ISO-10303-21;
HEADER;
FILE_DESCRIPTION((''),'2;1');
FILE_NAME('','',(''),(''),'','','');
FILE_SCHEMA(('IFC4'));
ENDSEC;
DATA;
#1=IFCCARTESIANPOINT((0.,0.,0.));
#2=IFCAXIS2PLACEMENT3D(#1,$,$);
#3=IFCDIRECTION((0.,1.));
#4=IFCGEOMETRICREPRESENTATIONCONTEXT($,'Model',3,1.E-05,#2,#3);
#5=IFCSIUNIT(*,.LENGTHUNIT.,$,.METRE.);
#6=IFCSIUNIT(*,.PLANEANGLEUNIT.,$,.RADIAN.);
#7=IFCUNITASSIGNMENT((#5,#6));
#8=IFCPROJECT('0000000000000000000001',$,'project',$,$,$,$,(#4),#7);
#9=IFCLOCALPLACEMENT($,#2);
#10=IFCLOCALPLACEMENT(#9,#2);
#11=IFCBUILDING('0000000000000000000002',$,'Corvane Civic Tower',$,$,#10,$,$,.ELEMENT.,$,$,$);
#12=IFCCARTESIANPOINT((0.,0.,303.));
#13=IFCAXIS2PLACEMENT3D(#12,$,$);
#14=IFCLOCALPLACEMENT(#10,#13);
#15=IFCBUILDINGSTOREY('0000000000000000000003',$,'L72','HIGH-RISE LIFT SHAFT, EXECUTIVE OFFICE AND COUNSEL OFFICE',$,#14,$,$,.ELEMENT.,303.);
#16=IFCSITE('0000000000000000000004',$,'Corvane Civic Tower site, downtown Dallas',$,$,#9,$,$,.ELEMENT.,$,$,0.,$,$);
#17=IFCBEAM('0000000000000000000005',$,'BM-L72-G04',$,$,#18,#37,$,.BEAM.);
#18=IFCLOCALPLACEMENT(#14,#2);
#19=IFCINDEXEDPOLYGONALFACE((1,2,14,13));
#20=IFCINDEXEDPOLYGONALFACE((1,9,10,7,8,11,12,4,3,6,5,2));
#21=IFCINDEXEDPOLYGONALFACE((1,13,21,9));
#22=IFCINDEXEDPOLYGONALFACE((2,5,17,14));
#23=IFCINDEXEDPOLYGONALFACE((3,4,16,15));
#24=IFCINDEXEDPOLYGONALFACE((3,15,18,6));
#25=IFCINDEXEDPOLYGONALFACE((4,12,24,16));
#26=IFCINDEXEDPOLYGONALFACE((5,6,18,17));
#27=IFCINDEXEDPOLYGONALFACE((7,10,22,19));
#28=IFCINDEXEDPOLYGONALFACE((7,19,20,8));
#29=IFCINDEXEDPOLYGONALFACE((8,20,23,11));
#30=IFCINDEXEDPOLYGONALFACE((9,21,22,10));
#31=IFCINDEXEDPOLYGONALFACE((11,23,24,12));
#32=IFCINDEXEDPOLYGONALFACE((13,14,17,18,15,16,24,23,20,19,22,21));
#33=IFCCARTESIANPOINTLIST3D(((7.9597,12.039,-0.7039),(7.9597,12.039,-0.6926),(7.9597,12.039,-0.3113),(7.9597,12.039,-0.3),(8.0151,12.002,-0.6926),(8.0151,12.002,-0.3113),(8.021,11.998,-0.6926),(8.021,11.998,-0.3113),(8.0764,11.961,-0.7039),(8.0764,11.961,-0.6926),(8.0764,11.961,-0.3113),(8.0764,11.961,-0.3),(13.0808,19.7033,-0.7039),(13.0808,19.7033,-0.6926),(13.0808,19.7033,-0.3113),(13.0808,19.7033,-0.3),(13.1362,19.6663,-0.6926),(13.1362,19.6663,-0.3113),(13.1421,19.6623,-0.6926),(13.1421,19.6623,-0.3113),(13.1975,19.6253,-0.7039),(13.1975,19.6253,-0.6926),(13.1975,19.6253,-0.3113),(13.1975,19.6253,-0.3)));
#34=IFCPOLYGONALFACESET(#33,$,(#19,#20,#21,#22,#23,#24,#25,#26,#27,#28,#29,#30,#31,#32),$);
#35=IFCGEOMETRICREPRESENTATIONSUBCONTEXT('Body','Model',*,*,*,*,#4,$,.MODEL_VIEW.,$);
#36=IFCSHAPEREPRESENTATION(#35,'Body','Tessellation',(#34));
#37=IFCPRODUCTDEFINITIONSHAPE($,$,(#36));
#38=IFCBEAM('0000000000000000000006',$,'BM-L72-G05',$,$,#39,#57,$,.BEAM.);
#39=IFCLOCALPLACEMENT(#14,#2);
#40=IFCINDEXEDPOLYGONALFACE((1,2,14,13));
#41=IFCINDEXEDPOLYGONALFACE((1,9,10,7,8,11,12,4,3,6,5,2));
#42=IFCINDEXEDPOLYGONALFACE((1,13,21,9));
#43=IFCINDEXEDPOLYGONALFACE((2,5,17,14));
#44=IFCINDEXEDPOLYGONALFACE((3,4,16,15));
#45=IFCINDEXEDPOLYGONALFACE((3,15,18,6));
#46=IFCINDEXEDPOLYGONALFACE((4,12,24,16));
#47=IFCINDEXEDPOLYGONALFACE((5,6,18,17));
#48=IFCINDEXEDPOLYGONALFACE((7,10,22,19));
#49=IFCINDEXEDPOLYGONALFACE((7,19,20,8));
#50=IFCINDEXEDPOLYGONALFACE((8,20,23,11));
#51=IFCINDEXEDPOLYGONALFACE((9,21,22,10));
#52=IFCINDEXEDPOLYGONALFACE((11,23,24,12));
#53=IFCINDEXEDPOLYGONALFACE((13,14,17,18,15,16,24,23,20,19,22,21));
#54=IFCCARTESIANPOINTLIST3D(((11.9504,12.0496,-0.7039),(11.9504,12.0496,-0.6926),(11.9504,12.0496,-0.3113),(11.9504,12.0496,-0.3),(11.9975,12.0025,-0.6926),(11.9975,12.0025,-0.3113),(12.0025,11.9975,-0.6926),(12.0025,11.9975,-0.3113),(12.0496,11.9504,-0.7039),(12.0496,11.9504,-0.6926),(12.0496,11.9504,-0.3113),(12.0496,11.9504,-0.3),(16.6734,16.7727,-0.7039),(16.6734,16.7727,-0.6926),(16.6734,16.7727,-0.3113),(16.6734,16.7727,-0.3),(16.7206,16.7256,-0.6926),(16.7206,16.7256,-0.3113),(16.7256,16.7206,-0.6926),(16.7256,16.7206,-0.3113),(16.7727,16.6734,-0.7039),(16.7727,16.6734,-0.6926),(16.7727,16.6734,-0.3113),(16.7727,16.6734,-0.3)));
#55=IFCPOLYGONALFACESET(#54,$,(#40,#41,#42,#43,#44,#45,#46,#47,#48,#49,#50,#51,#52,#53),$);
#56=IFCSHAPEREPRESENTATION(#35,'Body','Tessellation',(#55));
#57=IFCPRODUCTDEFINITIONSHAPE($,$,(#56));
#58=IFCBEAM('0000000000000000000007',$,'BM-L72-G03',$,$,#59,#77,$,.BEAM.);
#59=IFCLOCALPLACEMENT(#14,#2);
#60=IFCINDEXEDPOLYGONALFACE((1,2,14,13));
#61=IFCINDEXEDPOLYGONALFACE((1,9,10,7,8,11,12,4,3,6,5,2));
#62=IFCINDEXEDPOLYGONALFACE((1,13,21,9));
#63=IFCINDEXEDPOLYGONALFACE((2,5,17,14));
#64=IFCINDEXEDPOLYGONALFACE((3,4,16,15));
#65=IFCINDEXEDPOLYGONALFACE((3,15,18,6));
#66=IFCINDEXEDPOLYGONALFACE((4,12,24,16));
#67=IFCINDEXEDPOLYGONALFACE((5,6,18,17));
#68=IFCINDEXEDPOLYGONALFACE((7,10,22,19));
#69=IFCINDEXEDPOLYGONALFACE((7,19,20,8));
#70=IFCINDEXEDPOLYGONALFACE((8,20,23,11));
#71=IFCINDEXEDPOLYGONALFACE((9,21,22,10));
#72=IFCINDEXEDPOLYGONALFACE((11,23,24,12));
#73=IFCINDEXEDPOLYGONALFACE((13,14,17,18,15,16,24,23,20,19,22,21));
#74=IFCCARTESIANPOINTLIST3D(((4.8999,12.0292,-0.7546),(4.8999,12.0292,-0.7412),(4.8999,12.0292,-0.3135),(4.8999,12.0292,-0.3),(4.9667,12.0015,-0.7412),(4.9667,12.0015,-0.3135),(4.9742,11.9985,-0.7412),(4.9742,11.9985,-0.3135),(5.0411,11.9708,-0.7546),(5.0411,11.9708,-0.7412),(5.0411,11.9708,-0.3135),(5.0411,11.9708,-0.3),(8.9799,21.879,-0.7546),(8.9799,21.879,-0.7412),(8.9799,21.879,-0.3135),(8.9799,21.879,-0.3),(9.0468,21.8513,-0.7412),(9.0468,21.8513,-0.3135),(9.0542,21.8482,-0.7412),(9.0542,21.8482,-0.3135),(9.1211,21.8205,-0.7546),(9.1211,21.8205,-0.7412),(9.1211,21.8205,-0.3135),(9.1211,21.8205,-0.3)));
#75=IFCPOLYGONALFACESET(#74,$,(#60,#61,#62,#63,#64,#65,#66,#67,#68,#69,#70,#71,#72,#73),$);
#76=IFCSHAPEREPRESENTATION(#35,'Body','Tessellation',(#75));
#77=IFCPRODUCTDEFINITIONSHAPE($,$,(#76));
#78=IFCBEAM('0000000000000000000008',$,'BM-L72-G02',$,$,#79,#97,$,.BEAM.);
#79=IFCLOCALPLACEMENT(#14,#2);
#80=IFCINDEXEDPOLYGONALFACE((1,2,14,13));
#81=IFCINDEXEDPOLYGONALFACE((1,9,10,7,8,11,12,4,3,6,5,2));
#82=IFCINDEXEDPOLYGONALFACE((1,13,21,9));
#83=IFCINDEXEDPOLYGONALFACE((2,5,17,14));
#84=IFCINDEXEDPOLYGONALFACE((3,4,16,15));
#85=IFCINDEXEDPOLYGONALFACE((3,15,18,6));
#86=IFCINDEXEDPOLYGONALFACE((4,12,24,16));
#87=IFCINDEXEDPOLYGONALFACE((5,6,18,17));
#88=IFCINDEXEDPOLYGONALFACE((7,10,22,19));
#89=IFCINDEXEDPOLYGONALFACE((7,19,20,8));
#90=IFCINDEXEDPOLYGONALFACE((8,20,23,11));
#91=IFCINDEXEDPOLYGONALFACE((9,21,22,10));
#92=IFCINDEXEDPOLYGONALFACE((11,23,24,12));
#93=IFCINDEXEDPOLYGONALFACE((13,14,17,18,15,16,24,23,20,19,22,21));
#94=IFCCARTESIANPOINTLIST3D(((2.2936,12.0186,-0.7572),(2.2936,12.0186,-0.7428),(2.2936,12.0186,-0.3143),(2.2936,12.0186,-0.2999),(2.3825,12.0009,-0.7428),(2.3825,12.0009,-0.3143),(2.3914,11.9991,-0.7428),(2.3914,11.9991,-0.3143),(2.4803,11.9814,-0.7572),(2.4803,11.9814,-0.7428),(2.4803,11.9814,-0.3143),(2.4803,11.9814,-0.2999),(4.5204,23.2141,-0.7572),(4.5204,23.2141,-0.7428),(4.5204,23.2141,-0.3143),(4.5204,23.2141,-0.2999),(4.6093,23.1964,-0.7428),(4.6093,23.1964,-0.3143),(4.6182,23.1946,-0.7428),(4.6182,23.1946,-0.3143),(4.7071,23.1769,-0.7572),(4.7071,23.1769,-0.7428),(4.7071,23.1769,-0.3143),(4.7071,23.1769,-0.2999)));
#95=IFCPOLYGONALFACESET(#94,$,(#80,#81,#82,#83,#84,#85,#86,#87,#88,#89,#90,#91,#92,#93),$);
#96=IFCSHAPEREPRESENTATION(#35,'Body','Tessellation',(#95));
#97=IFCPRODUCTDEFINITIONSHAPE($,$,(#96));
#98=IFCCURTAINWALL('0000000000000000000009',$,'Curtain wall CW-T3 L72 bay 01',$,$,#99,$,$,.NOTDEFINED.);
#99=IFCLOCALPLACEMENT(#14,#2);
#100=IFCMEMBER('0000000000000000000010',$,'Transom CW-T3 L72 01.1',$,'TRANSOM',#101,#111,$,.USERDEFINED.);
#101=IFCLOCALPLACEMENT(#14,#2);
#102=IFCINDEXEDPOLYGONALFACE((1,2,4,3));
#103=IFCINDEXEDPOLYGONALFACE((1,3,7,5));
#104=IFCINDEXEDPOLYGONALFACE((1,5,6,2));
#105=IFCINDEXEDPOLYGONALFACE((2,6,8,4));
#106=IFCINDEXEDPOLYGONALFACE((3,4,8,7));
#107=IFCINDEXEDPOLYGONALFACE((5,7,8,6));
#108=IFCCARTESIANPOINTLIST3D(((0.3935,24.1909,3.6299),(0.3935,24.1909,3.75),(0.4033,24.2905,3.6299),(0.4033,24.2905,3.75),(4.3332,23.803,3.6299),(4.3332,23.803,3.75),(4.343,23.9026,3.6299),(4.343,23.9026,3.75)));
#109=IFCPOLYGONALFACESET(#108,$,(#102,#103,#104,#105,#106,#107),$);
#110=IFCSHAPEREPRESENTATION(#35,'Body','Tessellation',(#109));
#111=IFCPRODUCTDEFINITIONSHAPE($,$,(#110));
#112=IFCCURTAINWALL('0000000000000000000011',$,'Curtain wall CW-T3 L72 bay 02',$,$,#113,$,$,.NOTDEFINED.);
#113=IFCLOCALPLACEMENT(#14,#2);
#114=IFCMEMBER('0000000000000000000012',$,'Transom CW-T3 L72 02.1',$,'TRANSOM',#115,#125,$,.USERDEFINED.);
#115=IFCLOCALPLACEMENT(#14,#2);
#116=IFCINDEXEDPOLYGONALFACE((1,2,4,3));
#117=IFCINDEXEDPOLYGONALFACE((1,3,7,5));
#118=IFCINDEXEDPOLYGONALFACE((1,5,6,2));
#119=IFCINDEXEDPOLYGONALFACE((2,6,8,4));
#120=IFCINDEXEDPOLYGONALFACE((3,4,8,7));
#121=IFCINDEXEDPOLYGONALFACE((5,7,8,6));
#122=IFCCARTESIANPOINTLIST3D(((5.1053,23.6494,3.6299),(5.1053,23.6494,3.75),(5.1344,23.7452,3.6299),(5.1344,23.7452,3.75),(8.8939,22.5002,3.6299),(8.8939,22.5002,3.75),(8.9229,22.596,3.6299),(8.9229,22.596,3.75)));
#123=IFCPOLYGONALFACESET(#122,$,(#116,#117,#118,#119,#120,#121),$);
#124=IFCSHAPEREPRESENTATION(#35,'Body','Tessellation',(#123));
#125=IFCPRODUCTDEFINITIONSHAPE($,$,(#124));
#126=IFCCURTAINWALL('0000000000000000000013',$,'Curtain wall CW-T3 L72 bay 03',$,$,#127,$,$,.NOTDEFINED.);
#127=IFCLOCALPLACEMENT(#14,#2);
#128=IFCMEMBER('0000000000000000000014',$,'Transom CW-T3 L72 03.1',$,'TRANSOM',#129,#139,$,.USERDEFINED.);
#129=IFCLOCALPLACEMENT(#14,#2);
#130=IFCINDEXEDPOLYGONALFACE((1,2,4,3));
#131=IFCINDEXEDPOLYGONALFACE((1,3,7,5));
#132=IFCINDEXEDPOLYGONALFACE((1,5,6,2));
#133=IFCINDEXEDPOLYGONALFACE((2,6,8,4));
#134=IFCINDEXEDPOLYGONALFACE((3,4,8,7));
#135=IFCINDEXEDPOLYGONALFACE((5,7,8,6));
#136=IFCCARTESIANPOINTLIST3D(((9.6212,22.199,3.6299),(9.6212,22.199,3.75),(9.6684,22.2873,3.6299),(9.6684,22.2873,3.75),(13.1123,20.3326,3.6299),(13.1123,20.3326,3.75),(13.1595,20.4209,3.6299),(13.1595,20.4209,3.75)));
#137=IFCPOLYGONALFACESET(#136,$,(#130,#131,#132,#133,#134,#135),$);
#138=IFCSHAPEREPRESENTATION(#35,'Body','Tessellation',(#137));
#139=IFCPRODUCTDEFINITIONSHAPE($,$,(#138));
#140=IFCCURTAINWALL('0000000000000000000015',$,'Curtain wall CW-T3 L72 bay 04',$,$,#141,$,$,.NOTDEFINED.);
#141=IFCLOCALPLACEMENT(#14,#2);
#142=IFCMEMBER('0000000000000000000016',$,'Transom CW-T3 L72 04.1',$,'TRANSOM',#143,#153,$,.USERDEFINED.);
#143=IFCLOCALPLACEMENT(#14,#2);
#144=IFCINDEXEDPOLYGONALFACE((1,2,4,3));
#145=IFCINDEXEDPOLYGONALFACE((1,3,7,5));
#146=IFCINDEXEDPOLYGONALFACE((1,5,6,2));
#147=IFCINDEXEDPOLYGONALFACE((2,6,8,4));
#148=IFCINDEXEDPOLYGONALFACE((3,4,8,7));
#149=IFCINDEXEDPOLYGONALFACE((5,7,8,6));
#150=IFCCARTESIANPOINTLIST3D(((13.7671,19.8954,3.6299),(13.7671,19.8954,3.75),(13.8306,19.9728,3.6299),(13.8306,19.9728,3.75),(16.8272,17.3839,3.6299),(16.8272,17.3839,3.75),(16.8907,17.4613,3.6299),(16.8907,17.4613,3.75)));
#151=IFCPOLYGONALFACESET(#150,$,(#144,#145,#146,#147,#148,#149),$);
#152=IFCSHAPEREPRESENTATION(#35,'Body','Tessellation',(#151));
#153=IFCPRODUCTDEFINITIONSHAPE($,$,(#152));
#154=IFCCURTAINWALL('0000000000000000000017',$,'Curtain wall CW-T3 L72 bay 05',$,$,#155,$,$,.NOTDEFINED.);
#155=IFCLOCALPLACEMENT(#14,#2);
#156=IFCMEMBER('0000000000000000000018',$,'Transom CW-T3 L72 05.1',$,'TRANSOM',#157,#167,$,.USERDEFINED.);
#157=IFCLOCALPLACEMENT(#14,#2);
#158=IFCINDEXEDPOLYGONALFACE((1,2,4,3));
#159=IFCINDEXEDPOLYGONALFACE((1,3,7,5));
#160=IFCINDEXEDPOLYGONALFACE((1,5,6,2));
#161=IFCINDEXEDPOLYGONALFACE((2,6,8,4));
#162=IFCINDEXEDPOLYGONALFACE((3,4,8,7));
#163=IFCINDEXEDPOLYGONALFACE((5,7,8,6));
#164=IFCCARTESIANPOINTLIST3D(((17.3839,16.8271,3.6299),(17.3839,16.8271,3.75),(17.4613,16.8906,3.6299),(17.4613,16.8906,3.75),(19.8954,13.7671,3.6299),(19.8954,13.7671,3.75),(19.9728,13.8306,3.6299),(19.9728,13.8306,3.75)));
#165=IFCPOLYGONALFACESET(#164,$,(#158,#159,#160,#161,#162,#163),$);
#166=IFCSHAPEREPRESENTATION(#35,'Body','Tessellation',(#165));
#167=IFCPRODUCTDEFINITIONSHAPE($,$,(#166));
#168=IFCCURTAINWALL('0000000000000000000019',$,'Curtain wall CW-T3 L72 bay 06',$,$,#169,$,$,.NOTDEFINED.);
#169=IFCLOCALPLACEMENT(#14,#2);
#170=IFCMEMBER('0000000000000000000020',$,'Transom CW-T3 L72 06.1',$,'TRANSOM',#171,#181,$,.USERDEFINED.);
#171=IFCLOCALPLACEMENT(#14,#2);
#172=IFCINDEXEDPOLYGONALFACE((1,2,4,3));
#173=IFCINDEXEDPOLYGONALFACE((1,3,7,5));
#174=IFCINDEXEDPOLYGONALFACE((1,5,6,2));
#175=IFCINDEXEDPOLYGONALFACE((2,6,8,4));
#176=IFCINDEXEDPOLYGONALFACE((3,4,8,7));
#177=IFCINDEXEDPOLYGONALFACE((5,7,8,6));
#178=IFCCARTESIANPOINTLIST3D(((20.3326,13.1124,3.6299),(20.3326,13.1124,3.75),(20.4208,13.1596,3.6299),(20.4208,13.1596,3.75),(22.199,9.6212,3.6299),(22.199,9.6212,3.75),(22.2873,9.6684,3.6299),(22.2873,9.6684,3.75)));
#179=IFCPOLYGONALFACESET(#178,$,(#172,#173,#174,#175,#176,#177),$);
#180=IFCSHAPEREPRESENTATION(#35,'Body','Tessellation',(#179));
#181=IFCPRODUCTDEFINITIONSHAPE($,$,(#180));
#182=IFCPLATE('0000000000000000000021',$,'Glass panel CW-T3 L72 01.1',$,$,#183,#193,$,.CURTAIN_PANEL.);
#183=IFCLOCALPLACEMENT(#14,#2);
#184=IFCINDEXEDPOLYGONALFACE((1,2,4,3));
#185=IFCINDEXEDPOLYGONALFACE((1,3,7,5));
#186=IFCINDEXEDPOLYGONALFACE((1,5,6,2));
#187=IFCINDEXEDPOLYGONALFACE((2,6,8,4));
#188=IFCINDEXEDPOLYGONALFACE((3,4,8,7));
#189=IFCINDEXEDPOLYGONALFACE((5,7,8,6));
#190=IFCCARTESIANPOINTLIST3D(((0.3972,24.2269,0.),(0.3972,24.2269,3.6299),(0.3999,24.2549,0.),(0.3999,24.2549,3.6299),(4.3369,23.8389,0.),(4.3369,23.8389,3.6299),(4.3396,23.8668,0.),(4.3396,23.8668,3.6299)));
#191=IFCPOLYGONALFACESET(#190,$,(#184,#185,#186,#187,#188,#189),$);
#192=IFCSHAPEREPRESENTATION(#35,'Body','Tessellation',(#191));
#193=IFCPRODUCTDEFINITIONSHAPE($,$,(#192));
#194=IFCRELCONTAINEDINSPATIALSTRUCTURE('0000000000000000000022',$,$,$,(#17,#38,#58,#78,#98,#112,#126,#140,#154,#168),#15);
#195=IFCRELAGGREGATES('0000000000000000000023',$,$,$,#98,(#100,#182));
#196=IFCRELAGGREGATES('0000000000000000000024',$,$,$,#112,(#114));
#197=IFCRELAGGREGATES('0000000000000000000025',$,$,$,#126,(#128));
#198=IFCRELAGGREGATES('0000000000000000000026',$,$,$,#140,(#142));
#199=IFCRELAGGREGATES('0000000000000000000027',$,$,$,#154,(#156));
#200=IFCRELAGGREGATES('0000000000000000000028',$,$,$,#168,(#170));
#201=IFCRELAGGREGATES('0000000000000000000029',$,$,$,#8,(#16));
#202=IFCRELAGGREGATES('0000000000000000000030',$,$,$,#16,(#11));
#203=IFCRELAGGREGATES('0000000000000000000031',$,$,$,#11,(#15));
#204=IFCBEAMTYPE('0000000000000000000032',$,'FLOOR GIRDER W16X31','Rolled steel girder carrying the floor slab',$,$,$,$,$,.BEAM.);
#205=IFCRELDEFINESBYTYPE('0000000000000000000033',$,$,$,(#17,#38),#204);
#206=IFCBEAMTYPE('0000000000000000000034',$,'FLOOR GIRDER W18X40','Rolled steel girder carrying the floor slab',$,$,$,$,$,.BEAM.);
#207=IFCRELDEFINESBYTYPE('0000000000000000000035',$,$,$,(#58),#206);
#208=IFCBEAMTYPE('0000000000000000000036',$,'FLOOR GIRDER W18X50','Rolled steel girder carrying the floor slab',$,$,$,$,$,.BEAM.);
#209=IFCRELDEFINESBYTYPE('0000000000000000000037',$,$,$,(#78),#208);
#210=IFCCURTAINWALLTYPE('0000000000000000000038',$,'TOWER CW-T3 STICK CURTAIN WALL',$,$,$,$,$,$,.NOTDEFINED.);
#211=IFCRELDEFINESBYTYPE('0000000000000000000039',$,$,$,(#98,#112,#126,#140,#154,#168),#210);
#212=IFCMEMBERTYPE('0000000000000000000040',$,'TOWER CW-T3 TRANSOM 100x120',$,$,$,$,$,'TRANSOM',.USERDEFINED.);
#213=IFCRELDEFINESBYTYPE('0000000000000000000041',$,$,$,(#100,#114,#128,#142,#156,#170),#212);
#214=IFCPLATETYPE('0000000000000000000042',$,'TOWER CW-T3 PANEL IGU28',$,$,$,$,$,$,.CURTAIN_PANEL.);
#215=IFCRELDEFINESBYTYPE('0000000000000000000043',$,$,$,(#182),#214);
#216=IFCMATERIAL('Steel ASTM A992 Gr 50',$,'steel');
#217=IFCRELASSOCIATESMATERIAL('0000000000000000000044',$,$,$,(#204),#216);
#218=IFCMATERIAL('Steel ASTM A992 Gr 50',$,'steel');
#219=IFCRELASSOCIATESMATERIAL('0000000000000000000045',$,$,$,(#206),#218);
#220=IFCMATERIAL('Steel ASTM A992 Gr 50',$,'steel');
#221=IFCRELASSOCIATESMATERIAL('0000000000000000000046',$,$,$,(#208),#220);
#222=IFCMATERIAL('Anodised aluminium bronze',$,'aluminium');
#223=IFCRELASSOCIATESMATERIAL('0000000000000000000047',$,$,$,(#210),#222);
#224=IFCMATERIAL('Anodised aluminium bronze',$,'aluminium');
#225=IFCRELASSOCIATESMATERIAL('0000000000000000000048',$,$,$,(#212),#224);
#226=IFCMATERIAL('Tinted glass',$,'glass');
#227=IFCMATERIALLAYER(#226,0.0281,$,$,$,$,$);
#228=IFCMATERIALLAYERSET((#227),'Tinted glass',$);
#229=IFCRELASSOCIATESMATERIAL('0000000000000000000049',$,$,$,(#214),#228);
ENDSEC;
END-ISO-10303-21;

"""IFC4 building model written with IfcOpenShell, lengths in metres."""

from ifc_helpers import new_model, si_unit, direction, frame, origin, origin_2d, place, context, subcontext, project, spatial, rectangle, i_section, extrude, material, layer, layer_set, material_profile, profile_set, type_object, element, aggregate, save


model = new_model("IFC4")

# Units and contexts
model_context = context("Model", 3, precision=1e-05, world=origin(), true_north=direction((0.0, 1.0)))
body_context = subcontext(model_context, "Body", "Model", "MODEL_VIEW")
ifc_project = project(units=[si_unit("LENGTHUNIT", "METRE"), si_unit("PLANEANGLEUNIT", "RADIAN")], contexts=[model_context])

# Site, building, storey
site_placement = place(None, origin())
site = spatial("IfcSite", under=ifc_project, at=site_placement, Name="Corvane Civic Tower site, downtown Dallas", CompositionType="ELEMENT", RefElevation=0.0)
building_placement = place(site_placement, origin())
building = spatial("IfcBuilding", under=site, at=building_placement, Name="Corvane Civic Tower", CompositionType="ELEMENT")
storey_placement = place(building_placement, frame((0.0, 0.0, 303.0)))
storey = spatial("IfcBuildingStorey", under=building, at=storey_placement, Name="L72", Description="HIGH-RISE LIFT SHAFT, EXECUTIVE OFFICE AND COUNSEL OFFICE", CompositionType="ELEMENT", Elevation=303.0)

# Beams
ifc_material_1 = material(Name="Steel ASTM A992 Gr 50", Category="steel")
ifc_material_profile_1 = material_profile(ifc_material_1, i_section(OverallWidth=0.1404, OverallDepth=0.4038, WebThickness=0.0071, FlangeThickness=0.0112, at=origin_2d()), Name="W16X31")
ifc_profile_set_1 = profile_set([ifc_material_profile_1], Name="Steel ASTM A992 Gr 50")
beam_type_1 = type_object("IfcBeamType", Name="FLOOR GIRDER W16X31", Description="Rolled steel girder carrying the floor slab", PredefinedType="BEAM", material=ifc_profile_set_1)
beam_1_placement = place(storey_placement, frame((8.0181, 12.0, -0.502), z_axis=(0.555568, 0.831471, 0.0), x_axis=(-0.831471, 0.555568, 0.0)))
element("IfcBeam", 1, at=beam_1_placement, inside=storey, type_object=beam_type_1, Name="BM-L72-G04", PredefinedType="BEAM", context=body_context, shape_type="SweptSolid", body=[
    extrude(i_section(OverallWidth=0.1404, OverallDepth=0.4038, WebThickness=0.0071, FlangeThickness=0.0112, at=origin_2d()), origin(), (0.0, 0.0, 1.0), 9.2178),
])
beam_2_placement = place(storey_placement, frame((12.0, 12.0, -0.502), z_axis=(0.707107, 0.707107, 0.0), x_axis=(-0.707107, 0.707107, 0.0)))
element("IfcBeam", 2, at=beam_2_placement, inside=storey, type_object=beam_type_1, Name="BM-L72-G05", PredefinedType="BEAM", context=body_context, shape_type="SweptSolid", body=[
    extrude(i_section(OverallWidth=0.1404, OverallDepth=0.4038, WebThickness=0.0071, FlangeThickness=0.0112, at=origin_2d()), origin(), (0.0, 0.0, 1.0), 6.6794),
])
ifc_material_2 = material(Name="Steel ASTM A992 Gr 50", Category="steel")
ifc_material_profile_2 = material_profile(ifc_material_2, i_section(OverallWidth=0.1528, OverallDepth=0.4546, WebThickness=0.0081, FlangeThickness=0.0134, at=origin_2d()), Name="W18X40")
ifc_profile_set_2 = profile_set([ifc_material_profile_2], Name="Steel ASTM A992 Gr 50")
beam_type_2 = type_object("IfcBeamType", Name="FLOOR GIRDER W18X40", Description="Rolled steel girder carrying the floor slab", PredefinedType="BEAM", material=ifc_profile_set_2)
beam_3_placement = place(storey_placement, frame((4.9705, 12.0, -0.5273), z_axis=(0.382694, 0.923875, 0.0), x_axis=(-0.923875, 0.382694, 0.0)))
element("IfcBeam", 3, at=beam_3_placement, inside=storey, type_object=beam_type_2, Name="BM-L72-G03", PredefinedType="BEAM", context=body_context, shape_type="SweptSolid", body=[
    extrude(i_section(OverallWidth=0.1528, OverallDepth=0.4546, WebThickness=0.0081, FlangeThickness=0.0134, at=origin_2d()), origin(), (0.0, 0.0, 1.0), 10.6614),
])
ifc_material_3 = material(Name="Steel ASTM A992 Gr 50", Category="steel")
ifc_material_profile_3 = material_profile(ifc_material_3, i_section(OverallWidth=0.1904, OverallDepth=0.4573, WebThickness=0.009, FlangeThickness=0.0144, at=origin_2d()), Name="W18X50")
ifc_profile_set_3 = profile_set([ifc_material_profile_3], Name="Steel ASTM A992 Gr 50")
beam_type_3 = type_object("IfcBeamType", Name="FLOOR GIRDER W18X50", Description="Rolled steel girder carrying the floor slab", PredefinedType="BEAM", material=ifc_profile_set_3)
beam_4_placement = place(storey_placement, frame((2.387, 12.0, -0.5286), z_axis=(0.19508, 0.980787, 0.0), x_axis=(-0.980787, 0.19508, 0.0)))
element("IfcBeam", 4, at=beam_4_placement, inside=storey, type_object=beam_type_3, Name="BM-L72-G02", PredefinedType="BEAM", context=body_context, shape_type="SweptSolid", body=[
    extrude(i_section(OverallWidth=0.1904, OverallDepth=0.4573, WebThickness=0.009, FlangeThickness=0.0144, at=origin_2d()), origin(), (0.0, 0.0, 1.0), 11.4148),
])

# Curtain walls, members
ifc_material_4 = material(Name="Anodised aluminium bronze", Category="aluminium")
curtain_wall_type = type_object("IfcCurtainWallType", Name="TOWER CW-T3 STICK CURTAIN WALL", PredefinedType="NOTDEFINED", material=ifc_material_4)
curtain_wall_1_placement = place(storey_placement, origin())
curtain_wall_1 = element("IfcCurtainWall", 5, at=curtain_wall_1_placement, inside=storey, type_object=curtain_wall_type, Name="Curtain wall CW-T3 L72 bay 01", PredefinedType="NOTDEFINED")
ifc_material_5 = material(Name="Anodised aluminium bronze", Category="aluminium")
ifc_material_profile_4 = material_profile(ifc_material_5, rectangle(XDim=0.1001, YDim=0.1201, at=origin_2d()), Name="TOWER CW-T3 TRANSOM 100x120")
ifc_profile_set_4 = profile_set([ifc_material_profile_4], Name="Anodised aluminium bronze")
member_type = type_object("IfcMemberType", Name="TOWER CW-T3 TRANSOM 100x120", ElementType="TRANSOM", PredefinedType="USERDEFINED", material=ifc_profile_set_4)
member_1_placement = place(storey_placement, frame((0.3984, 24.2407, 3.6899), z_axis=(0.995187, -0.097995, 0.0), x_axis=(0.097995, 0.995187, 0.0)))
member_1 = element("IfcMember", 6, at=member_1_placement, type_object=member_type, Name="Transom CW-T3 L72 01.1", ObjectType="TRANSOM", PredefinedType="USERDEFINED", context=body_context, shape_type="SweptSolid", body=[
    extrude(rectangle(XDim=0.1001, YDim=0.1201, at=origin_2d()), origin(), (0.0, 0.0, 1.0), 3.9587),
])
curtain_wall_2_placement = place(storey_placement, origin())
curtain_wall_2 = element("IfcCurtainWall", 7, at=curtain_wall_2_placement, inside=storey, type_object=curtain_wall_type, Name="Curtain wall CW-T3 L72 bay 02", PredefinedType="NOTDEFINED")
member_2_placement = place(storey_placement, frame((5.1199, 23.6973, 3.6899), z_axis=(0.956946, -0.290266, 0.0), x_axis=(0.290266, 0.956946, 0.0)))
member_2 = element("IfcMember", 8, at=member_2_placement, type_object=member_type, Name="Transom CW-T3 L72 02.1", ObjectType="TRANSOM", PredefinedType="USERDEFINED", context=body_context, shape_type="SweptSolid", body=[
    extrude(rectangle(XDim=0.1001, YDim=0.1201, at=origin_2d()), origin(), (0.0, 0.0, 1.0), 3.959),
])
curtain_wall_3_placement = place(storey_placement, origin())
curtain_wall_3 = element("IfcCurtainWall", 9, at=curtain_wall_3_placement, inside=storey, type_object=curtain_wall_type, Name="Curtain wall CW-T3 L72 bay 03", PredefinedType="NOTDEFINED")
member_3_placement = place(storey_placement, frame((9.6448, 22.2432, 3.6899), z_axis=(0.881883, -0.471468, 0.0), x_axis=(0.471468, 0.881883, 0.0)))
member_3 = element("IfcMember", 10, at=member_3_placement, type_object=member_type, Name="Transom CW-T3 L72 03.1", ObjectType="TRANSOM", PredefinedType="USERDEFINED", context=body_context, shape_type="SweptSolid", body=[
    extrude(rectangle(XDim=0.1001, YDim=0.1201, at=origin_2d()), origin(), (0.0, 0.0, 1.0), 3.9587),
])
curtain_wall_4_placement = place(storey_placement, origin())
curtain_wall_4 = element("IfcCurtainWall", 11, at=curtain_wall_4_placement, inside=storey, type_object=curtain_wall_type, Name="Curtain wall CW-T3 L72 bay 04", PredefinedType="NOTDEFINED")
member_4_placement = place(storey_placement, frame((13.7988, 19.9341, 3.6899), z_axis=(0.772992, -0.634416, 0.0), x_axis=(0.634416, 0.772992, 0.0)))
member_4 = element("IfcMember", 12, at=member_4_placement, type_object=member_type, Name="Transom CW-T3 L72 04.1", ObjectType="TRANSOM", PredefinedType="USERDEFINED", context=body_context, shape_type="SweptSolid", body=[
    extrude(rectangle(XDim=0.1001, YDim=0.1201, at=origin_2d()), origin(), (0.0, 0.0, 1.0), 3.9587),
])
curtain_wall_5_placement = place(storey_placement, origin())
curtain_wall_5 = element("IfcCurtainWall", 13, at=curtain_wall_5_placement, inside=storey, type_object=curtain_wall_type, Name="Curtain wall CW-T3 L72 bay 05", PredefinedType="NOTDEFINED")
member_5_placement = place(storey_placement, frame((17.4226, 16.8589, 3.6899), z_axis=(0.634416, -0.772992, 0.0), x_axis=(0.772992, 0.634416, 0.0)))
member_5 = element("IfcMember", 14, at=member_5_placement, type_object=member_type, Name="Transom CW-T3 L72 05.1", ObjectType="TRANSOM", PredefinedType="USERDEFINED", context=body_context, shape_type="SweptSolid", body=[
    extrude(rectangle(XDim=0.1001, YDim=0.1201, at=origin_2d()), origin(), (0.0, 0.0, 1.0), 3.9587),
])
curtain_wall_6_placement = place(storey_placement, origin())
curtain_wall_6 = element("IfcCurtainWall", 15, at=curtain_wall_6_placement, inside=storey, type_object=curtain_wall_type, Name="Curtain wall CW-T3 L72 bay 06", PredefinedType="NOTDEFINED")
member_6_placement = place(storey_placement, frame((20.3767, 13.136, 3.6899), z_axis=(0.471468, -0.881883, 0.0), x_axis=(0.881883, 0.471468, 0.0)))
member_6 = element("IfcMember", 16, at=member_6_placement, type_object=member_type, Name="Transom CW-T3 L72 06.1", ObjectType="TRANSOM", PredefinedType="USERDEFINED", context=body_context, shape_type="SweptSolid", body=[
    extrude(rectangle(XDim=0.1001, YDim=0.1201, at=origin_2d()), origin(), (0.0, 0.0, 1.0), 3.9587),
])

# Plate
ifc_material_6 = material(Name="Tinted glass", Category="glass")
ifc_layer_1 = layer(ifc_material_6, 0.0281)
ifc_layer_set_1 = layer_set([ifc_layer_1], Name="Tinted glass")
plate_type = type_object("IfcPlateType", Name="TOWER CW-T3 PANEL IGU28", PredefinedType="CURTAIN_PANEL", material=ifc_layer_set_1)
plate_1_placement = place(storey_placement, frame((2.3684, 24.0469, 0.0), z_axis=(0.0, 0.0, 1.0), x_axis=(0.995184, -0.098021, 0.0)))
plate_1 = element("IfcPlate", 17, at=plate_1_placement, type_object=plate_type, Name="Glass panel CW-T3 L72 01.1", PredefinedType="CURTAIN_PANEL", context=body_context, shape_type="SweptSolid", body=[
    extrude(rectangle(XDim=3.9587, YDim=0.0281, at=origin_2d()), origin(), (0.0, 0.0, 1.0), 3.6299),
])
aggregate(curtain_wall_1, [member_1, plate_1])
aggregate(curtain_wall_2, [member_2])
aggregate(curtain_wall_3, [member_3])
aggregate(curtain_wall_4, [member_4])
aggregate(curtain_wall_5, [member_5])
aggregate(curtain_wall_6, [member_6])

save(model, "model.ifc")
